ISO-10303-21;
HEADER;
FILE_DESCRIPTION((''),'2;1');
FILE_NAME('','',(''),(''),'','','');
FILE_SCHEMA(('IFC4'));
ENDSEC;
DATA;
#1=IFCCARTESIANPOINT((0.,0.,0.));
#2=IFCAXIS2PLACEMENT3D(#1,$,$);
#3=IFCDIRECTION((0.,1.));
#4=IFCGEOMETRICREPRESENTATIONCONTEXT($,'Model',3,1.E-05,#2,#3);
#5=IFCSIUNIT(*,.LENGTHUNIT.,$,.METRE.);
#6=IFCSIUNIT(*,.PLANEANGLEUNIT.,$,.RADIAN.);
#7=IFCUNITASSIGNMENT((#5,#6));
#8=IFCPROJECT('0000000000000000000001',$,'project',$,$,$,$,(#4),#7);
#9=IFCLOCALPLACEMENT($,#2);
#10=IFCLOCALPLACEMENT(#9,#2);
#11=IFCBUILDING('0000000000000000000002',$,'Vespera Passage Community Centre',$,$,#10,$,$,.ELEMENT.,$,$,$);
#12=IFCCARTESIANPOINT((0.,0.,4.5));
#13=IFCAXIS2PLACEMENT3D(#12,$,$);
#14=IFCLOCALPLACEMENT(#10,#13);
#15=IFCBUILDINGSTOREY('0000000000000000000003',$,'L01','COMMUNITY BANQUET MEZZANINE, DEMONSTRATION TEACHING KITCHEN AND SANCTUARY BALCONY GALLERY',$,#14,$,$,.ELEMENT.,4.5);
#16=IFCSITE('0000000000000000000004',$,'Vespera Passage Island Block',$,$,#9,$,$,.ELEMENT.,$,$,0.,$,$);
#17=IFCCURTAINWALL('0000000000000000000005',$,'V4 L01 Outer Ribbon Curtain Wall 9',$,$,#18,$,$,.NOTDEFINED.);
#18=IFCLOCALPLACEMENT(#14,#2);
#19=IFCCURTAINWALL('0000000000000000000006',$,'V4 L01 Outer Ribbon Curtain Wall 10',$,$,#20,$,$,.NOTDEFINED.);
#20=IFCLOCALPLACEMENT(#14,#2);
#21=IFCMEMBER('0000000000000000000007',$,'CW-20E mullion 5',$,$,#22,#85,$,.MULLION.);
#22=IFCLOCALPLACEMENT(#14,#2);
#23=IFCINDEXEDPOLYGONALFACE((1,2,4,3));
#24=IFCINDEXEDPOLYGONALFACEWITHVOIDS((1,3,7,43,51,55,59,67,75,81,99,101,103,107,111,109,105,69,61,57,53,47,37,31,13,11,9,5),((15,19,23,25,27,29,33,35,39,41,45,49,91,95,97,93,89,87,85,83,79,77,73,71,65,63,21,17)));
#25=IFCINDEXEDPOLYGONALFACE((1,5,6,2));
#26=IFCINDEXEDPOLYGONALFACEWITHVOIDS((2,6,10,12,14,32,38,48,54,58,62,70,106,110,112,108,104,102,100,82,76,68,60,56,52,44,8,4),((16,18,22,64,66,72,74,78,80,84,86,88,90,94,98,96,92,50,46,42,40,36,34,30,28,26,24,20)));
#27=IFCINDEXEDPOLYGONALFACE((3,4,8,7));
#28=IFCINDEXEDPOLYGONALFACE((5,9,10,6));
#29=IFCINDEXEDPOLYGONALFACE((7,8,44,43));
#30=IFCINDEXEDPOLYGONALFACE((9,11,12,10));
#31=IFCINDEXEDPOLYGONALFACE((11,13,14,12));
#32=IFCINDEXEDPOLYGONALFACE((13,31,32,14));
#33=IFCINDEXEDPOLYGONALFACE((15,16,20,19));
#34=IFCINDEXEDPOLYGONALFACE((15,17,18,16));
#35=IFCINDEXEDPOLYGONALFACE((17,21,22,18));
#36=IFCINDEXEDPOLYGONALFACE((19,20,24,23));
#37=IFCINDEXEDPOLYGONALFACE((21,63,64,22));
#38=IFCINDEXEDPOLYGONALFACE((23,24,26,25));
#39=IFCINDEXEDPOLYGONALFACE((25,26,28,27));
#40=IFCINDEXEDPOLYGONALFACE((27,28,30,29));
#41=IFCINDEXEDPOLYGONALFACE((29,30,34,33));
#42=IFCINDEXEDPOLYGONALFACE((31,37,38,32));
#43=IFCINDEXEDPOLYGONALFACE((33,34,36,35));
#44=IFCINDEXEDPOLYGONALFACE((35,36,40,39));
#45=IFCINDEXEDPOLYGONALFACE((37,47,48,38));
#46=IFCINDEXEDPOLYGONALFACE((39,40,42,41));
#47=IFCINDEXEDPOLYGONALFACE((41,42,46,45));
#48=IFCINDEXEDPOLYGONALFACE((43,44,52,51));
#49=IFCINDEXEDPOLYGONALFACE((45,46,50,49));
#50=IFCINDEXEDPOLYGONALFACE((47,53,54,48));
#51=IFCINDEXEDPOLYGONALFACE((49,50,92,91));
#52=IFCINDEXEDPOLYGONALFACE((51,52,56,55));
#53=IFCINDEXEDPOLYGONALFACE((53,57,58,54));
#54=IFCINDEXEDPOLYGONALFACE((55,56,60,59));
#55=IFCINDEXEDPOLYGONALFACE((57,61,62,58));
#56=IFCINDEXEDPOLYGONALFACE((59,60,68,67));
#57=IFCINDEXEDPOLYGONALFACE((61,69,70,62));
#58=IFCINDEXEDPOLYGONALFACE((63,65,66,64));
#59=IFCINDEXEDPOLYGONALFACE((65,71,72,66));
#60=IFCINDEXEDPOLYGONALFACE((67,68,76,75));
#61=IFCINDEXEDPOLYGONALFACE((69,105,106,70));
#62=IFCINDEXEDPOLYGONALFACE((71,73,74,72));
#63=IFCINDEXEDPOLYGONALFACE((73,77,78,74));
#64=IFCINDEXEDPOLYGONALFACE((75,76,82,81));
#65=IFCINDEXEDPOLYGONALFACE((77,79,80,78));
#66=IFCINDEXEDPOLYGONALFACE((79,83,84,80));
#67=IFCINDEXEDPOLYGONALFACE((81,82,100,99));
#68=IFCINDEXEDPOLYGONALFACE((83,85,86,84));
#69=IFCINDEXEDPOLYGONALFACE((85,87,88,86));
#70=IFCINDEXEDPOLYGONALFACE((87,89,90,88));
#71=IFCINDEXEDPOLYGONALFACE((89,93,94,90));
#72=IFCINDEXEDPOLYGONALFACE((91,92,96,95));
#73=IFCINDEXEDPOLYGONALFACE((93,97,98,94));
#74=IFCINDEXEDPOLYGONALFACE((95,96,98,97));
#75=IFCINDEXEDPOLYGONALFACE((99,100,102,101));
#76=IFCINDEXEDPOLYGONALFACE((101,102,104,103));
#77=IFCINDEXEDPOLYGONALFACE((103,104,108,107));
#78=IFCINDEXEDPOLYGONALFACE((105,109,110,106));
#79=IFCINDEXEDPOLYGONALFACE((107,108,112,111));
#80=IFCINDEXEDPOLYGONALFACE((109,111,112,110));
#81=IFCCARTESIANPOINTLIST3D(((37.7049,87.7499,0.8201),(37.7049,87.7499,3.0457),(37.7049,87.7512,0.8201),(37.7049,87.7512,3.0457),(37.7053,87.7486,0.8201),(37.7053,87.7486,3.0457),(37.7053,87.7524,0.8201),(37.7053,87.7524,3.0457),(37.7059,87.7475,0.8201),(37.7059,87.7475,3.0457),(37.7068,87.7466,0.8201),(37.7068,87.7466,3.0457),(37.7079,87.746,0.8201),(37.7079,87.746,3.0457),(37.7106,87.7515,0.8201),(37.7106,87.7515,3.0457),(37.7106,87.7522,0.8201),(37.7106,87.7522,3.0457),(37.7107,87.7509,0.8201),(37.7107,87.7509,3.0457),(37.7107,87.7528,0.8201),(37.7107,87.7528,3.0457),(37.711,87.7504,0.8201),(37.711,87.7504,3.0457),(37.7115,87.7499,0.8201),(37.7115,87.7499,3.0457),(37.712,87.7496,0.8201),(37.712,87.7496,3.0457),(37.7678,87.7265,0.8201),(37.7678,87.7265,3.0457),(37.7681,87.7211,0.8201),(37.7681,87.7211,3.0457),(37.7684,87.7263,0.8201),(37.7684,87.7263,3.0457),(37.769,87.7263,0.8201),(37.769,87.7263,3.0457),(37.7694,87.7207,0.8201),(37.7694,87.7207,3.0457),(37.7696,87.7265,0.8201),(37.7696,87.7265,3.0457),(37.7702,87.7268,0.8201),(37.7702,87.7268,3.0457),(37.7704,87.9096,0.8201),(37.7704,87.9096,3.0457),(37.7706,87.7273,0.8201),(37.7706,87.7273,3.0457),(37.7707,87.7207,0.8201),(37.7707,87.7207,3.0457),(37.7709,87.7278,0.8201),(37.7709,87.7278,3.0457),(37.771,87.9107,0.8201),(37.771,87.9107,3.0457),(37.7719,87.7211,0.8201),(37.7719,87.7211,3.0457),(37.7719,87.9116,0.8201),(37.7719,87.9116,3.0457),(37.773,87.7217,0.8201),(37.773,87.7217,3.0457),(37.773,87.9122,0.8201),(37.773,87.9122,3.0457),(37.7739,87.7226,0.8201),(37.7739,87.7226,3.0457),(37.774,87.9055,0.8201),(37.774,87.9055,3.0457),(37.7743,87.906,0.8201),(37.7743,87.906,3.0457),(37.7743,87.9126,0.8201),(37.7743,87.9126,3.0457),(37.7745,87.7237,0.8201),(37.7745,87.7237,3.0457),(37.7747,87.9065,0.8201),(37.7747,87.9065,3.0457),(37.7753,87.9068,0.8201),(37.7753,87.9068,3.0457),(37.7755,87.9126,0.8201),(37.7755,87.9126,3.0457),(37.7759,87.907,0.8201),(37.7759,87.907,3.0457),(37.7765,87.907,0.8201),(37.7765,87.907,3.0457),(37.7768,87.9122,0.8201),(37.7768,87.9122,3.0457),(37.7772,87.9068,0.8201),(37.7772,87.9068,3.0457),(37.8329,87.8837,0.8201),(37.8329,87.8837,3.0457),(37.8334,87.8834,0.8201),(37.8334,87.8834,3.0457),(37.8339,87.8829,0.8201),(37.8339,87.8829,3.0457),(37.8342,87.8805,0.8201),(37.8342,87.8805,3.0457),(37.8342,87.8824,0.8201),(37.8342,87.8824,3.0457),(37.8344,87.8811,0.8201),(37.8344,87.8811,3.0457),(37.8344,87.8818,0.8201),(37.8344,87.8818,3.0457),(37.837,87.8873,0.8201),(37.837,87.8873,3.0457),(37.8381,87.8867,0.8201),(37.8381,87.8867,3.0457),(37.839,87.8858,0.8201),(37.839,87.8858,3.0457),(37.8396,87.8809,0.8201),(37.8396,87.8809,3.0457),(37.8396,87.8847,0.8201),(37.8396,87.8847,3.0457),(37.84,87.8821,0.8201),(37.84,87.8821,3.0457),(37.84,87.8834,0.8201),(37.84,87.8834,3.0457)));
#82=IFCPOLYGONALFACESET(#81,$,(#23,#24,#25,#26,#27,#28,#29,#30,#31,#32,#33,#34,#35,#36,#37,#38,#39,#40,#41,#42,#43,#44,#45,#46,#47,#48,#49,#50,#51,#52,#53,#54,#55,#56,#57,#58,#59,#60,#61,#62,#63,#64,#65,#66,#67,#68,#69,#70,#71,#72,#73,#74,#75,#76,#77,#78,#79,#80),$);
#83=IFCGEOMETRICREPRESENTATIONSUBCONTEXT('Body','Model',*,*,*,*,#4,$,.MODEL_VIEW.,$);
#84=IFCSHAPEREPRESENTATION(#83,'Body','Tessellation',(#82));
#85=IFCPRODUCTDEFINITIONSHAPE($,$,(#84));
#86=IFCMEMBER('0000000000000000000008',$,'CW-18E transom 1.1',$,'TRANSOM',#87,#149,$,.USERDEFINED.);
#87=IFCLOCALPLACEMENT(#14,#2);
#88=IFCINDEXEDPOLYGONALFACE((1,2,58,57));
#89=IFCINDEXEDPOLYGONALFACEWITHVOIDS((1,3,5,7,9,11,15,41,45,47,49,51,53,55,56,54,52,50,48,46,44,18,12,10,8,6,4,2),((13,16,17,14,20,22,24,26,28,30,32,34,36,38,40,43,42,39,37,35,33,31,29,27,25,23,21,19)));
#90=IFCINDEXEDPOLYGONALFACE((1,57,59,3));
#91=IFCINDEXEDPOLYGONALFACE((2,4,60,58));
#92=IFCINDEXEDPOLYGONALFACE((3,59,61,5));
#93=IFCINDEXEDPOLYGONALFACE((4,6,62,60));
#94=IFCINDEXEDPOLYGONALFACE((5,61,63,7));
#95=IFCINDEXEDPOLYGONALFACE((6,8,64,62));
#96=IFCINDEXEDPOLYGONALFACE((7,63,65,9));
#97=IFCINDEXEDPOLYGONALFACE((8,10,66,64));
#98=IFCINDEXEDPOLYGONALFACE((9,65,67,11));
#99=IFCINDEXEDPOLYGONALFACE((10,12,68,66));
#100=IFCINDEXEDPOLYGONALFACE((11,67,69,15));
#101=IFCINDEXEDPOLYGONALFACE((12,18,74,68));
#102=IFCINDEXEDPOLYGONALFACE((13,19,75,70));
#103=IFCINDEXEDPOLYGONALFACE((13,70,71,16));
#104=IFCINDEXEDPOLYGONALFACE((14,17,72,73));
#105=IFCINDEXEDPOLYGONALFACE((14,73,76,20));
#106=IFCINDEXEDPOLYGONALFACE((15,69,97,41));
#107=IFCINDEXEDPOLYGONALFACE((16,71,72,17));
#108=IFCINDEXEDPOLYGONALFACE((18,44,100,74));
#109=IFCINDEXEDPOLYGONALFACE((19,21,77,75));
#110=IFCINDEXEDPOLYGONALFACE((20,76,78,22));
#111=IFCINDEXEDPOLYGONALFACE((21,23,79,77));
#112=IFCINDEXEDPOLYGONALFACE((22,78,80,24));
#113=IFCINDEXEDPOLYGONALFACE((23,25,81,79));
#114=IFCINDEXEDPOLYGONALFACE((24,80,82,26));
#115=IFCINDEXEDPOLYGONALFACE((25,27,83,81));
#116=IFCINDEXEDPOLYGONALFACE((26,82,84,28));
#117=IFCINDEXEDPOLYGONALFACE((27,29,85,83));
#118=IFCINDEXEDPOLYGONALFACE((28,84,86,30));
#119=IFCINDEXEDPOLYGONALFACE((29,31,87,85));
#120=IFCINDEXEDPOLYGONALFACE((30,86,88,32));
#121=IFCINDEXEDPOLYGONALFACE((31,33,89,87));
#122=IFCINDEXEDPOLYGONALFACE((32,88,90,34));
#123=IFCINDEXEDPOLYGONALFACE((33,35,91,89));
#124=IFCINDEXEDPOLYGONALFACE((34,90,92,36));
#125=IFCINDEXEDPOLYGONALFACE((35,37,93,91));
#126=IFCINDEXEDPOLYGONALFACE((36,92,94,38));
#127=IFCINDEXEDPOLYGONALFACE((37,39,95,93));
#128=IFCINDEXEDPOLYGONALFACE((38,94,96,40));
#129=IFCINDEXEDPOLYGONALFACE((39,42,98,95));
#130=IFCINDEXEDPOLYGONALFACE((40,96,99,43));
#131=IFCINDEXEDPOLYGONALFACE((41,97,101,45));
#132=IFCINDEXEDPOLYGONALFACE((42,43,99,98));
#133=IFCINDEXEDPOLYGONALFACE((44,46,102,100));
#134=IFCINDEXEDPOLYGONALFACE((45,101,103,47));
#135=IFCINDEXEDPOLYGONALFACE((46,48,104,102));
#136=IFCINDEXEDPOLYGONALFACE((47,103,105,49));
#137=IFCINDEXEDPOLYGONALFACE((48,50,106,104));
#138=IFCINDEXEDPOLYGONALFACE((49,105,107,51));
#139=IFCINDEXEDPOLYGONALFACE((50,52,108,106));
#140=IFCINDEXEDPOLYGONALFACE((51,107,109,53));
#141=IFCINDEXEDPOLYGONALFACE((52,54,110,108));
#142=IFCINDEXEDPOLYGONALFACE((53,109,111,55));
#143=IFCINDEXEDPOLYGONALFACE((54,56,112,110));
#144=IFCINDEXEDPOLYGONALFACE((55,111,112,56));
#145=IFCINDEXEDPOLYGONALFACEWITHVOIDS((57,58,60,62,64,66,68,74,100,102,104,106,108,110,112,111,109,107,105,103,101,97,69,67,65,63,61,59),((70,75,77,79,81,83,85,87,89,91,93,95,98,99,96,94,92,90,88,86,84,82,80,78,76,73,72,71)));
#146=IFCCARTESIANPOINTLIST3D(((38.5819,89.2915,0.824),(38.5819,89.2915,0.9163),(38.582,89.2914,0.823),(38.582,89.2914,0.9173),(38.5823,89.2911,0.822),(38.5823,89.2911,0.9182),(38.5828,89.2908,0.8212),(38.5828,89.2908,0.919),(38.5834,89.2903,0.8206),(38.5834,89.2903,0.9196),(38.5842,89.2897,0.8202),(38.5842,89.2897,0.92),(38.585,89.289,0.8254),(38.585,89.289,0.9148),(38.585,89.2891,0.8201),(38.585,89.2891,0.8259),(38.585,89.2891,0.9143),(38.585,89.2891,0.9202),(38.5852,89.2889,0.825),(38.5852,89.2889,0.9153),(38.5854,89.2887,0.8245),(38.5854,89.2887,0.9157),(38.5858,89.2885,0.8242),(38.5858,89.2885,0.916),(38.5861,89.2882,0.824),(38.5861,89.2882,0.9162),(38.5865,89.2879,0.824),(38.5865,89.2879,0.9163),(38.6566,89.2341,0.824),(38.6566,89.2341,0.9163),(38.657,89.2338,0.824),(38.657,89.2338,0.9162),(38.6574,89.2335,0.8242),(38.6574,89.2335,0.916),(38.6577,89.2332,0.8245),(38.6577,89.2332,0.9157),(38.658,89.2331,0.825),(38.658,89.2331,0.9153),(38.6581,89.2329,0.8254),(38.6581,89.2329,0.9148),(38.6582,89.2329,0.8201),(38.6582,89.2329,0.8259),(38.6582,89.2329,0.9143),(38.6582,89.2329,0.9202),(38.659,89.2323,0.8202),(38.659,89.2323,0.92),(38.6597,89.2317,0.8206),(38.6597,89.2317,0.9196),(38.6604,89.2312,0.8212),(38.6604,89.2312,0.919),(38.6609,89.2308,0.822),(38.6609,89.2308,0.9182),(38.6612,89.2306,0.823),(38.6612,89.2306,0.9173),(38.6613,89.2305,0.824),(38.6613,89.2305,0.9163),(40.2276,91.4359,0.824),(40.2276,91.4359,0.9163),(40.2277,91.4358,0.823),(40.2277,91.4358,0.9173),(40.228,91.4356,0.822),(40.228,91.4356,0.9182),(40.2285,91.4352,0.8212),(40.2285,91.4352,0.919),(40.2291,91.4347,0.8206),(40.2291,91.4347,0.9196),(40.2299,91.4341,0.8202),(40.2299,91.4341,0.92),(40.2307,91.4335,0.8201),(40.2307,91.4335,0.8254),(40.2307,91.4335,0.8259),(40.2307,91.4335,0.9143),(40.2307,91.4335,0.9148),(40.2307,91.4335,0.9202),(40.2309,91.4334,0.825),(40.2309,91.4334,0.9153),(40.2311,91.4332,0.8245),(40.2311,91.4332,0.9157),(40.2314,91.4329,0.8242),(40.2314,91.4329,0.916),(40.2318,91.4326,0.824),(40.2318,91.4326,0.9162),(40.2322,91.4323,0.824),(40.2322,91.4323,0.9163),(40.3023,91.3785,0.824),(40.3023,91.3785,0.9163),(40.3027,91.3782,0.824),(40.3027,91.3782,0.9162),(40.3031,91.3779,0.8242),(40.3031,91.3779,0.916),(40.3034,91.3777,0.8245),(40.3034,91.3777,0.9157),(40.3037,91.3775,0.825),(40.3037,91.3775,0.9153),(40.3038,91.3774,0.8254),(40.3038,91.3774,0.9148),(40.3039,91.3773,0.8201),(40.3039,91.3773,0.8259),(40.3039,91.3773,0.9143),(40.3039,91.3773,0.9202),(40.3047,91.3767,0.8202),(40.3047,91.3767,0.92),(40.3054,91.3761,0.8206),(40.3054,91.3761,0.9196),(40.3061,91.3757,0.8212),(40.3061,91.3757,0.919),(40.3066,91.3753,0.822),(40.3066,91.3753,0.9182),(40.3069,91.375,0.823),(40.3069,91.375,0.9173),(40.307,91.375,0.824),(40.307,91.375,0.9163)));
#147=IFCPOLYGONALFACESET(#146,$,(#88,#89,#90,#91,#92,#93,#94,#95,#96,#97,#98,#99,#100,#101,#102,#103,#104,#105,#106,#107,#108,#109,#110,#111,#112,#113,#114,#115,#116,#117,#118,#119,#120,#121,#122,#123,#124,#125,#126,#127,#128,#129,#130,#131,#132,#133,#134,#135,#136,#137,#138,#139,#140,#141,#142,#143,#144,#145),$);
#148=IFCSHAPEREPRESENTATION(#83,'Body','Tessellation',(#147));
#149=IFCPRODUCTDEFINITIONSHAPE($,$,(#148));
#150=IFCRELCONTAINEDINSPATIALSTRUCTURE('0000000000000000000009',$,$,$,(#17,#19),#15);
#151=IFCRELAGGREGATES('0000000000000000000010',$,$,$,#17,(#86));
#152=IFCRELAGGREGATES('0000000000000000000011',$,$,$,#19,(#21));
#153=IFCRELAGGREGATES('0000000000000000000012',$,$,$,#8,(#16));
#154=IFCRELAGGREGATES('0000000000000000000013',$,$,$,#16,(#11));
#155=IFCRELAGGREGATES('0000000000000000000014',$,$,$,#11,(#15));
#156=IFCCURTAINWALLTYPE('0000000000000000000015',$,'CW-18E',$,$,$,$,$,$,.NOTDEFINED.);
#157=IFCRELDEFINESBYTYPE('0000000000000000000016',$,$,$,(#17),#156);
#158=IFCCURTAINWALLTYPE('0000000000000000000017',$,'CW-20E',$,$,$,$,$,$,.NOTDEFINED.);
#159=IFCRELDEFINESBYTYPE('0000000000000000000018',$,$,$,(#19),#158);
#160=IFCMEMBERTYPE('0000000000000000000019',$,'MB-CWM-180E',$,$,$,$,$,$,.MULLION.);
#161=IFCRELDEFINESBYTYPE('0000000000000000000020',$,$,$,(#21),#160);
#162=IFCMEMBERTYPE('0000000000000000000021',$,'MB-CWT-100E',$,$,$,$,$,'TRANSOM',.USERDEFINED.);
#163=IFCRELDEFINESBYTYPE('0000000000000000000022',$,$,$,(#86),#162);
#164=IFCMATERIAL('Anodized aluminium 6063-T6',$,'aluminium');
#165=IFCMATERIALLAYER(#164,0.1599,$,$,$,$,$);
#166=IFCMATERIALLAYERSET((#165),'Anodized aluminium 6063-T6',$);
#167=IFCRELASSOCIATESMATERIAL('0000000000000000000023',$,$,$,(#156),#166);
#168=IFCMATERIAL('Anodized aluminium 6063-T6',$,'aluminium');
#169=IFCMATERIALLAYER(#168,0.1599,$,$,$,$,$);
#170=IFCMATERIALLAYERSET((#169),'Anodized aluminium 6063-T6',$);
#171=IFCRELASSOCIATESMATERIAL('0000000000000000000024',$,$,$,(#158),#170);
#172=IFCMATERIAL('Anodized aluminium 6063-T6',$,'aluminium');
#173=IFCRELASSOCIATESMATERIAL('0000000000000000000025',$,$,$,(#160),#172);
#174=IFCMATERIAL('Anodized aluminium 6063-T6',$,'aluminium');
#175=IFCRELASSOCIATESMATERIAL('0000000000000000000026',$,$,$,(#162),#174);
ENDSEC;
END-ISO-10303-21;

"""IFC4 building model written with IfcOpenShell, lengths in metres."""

from ifc_helpers import new_model, si_unit, direction, frame, origin, origin_2d, place, context, subcontext, project, spatial, hollow_rectangle, extrude, material, layer, layer_set, material_profile, profile_set, type_object, element, aggregate, save


model = new_model("IFC4")

# Units and contexts
model_context = context("Model", 3, precision=1e-05, world=origin(), true_north=direction((0.0, 1.0)))
body_context = subcontext(model_context, "Body", "Model", "MODEL_VIEW")
ifc_project = project(units=[si_unit("LENGTHUNIT", "METRE"), si_unit("PLANEANGLEUNIT", "RADIAN")], contexts=[model_context])

# Site, building, storey
site_placement = place(None, origin())
site = spatial("IfcSite", under=ifc_project, at=site_placement, Name="Vespera Passage Island Block", CompositionType="ELEMENT", RefElevation=0.0)
building_placement = place(site_placement, origin())
building = spatial("IfcBuilding", under=site, at=building_placement, Name="Vespera Passage Community Centre", CompositionType="ELEMENT")
storey_placement = place(building_placement, frame((0.0, 0.0, 4.5)))
storey = spatial("IfcBuildingStorey", under=building, at=storey_placement, Name="L01", Description="COMMUNITY BANQUET MEZZANINE, DEMONSTRATION TEACHING KITCHEN AND SANCTUARY BALCONY GALLERY", CompositionType="ELEMENT", Elevation=4.5)

# Curtain wall
ifc_material_1 = material(Name="Anodized aluminium 6063-T6", Category="aluminium")
ifc_layer_1 = layer(ifc_material_1, 0.1599)
ifc_layer_set_1 = layer_set([ifc_layer_1], Name="Anodized aluminium 6063-T6")
curtain_wall_type_1 = type_object("IfcCurtainWallType", Name="CW-18E", PredefinedType="NOTDEFINED", material=ifc_layer_set_1)
curtain_wall_1_placement = place(storey_placement, origin())
curtain_wall_1 = element("IfcCurtainWall", 1, at=curtain_wall_1_placement, inside=storey, type_object=curtain_wall_type_1, Name="V4 L01 Outer Ribbon Curtain Wall 9", PredefinedType="NOTDEFINED")

# Curtain wall, member
ifc_material_2 = material(Name="Anodized aluminium 6063-T6", Category="aluminium")
ifc_layer_2 = layer(ifc_material_2, 0.1599)
ifc_layer_set_2 = layer_set([ifc_layer_2], Name="Anodized aluminium 6063-T6")
curtain_wall_type_2 = type_object("IfcCurtainWallType", Name="CW-20E", PredefinedType="NOTDEFINED", material=ifc_layer_set_2)
curtain_wall_2_placement = place(storey_placement, origin())
curtain_wall_2 = element("IfcCurtainWall", 2, at=curtain_wall_2_placement, inside=storey, type_object=curtain_wall_type_2, Name="V4 L01 Outer Ribbon Curtain Wall 10", PredefinedType="NOTDEFINED")
ifc_material_3 = material(Name="Anodized aluminium 6063-T6", Category="aluminium")
ifc_material_profile_1 = material_profile(ifc_material_3, hollow_rectangle(XDim=0.075, YDim=0.1799, WallThickness=0.0049, InnerFilletRadius=0.0024, OuterFilletRadius=0.0049, at=origin_2d()), Name="ALU180X75X5")
ifc_profile_set_1 = profile_set([ifc_material_profile_1], Name="Anodized aluminium 6063-T6")
member_type_1 = type_object("IfcMemberType", Name="MB-CWM-180E", PredefinedType="MULLION", material=ifc_profile_set_1)
member_1_placement = place(storey_placement, frame((37.7725, 87.8167, 0.8201), z_axis=(0.0, 0.0, 1.0), x_axis=(-0.923881, 0.382679, 0.0)))
member_1 = element("IfcMember", 3, at=member_1_placement, type_object=member_type_1, Name="CW-20E mullion 5", PredefinedType="MULLION", context=body_context, shape_type="SweptSolid", body=[
    extrude(hollow_rectangle(XDim=0.075, YDim=0.1799, WallThickness=0.0049, InnerFilletRadius=0.0024, OuterFilletRadius=0.0049, at=origin_2d()), origin(), (0.0, 0.0, 1.0), 2.2256),
])

# Member
ifc_material_4 = material(Name="Anodized aluminium 6063-T6", Category="aluminium")
ifc_material_profile_2 = material_profile(ifc_material_4, hollow_rectangle(XDim=0.1001, YDim=0.1001, WallThickness=0.0039, InnerFilletRadius=0.002, OuterFilletRadius=0.0039, at=origin_2d()), Name="ALU100X100X4")
ifc_profile_set_2 = profile_set([ifc_material_profile_2], Name="Anodized aluminium 6063-T6")
member_type_2 = type_object("IfcMemberType", Name="MB-CWT-100E", ElementType="TRANSOM", PredefinedType="USERDEFINED", material=ifc_profile_set_2)
member_2_placement = place(storey_placement, frame((38.6216, 89.261, 0.8701), z_axis=(0.608807, 0.793318, 0.0), x_axis=(-0.793318, 0.608807, 0.0)))
member_2 = element("IfcMember", 4, at=member_2_placement, type_object=member_type_2, Name="CW-18E transom 1.1", ObjectType="TRANSOM", PredefinedType="USERDEFINED", context=body_context, shape_type="SweptSolid", body=[
    extrude(hollow_rectangle(XDim=0.1001, YDim=0.1001, WallThickness=0.0039, InnerFilletRadius=0.002, OuterFilletRadius=0.0039, at=origin_2d()), origin(), (0.0, 0.0, 1.0), 2.7031),
])

aggregate(curtain_wall_1, [member_2])
aggregate(curtain_wall_2, [member_1])

save(model, "model.ifc")
